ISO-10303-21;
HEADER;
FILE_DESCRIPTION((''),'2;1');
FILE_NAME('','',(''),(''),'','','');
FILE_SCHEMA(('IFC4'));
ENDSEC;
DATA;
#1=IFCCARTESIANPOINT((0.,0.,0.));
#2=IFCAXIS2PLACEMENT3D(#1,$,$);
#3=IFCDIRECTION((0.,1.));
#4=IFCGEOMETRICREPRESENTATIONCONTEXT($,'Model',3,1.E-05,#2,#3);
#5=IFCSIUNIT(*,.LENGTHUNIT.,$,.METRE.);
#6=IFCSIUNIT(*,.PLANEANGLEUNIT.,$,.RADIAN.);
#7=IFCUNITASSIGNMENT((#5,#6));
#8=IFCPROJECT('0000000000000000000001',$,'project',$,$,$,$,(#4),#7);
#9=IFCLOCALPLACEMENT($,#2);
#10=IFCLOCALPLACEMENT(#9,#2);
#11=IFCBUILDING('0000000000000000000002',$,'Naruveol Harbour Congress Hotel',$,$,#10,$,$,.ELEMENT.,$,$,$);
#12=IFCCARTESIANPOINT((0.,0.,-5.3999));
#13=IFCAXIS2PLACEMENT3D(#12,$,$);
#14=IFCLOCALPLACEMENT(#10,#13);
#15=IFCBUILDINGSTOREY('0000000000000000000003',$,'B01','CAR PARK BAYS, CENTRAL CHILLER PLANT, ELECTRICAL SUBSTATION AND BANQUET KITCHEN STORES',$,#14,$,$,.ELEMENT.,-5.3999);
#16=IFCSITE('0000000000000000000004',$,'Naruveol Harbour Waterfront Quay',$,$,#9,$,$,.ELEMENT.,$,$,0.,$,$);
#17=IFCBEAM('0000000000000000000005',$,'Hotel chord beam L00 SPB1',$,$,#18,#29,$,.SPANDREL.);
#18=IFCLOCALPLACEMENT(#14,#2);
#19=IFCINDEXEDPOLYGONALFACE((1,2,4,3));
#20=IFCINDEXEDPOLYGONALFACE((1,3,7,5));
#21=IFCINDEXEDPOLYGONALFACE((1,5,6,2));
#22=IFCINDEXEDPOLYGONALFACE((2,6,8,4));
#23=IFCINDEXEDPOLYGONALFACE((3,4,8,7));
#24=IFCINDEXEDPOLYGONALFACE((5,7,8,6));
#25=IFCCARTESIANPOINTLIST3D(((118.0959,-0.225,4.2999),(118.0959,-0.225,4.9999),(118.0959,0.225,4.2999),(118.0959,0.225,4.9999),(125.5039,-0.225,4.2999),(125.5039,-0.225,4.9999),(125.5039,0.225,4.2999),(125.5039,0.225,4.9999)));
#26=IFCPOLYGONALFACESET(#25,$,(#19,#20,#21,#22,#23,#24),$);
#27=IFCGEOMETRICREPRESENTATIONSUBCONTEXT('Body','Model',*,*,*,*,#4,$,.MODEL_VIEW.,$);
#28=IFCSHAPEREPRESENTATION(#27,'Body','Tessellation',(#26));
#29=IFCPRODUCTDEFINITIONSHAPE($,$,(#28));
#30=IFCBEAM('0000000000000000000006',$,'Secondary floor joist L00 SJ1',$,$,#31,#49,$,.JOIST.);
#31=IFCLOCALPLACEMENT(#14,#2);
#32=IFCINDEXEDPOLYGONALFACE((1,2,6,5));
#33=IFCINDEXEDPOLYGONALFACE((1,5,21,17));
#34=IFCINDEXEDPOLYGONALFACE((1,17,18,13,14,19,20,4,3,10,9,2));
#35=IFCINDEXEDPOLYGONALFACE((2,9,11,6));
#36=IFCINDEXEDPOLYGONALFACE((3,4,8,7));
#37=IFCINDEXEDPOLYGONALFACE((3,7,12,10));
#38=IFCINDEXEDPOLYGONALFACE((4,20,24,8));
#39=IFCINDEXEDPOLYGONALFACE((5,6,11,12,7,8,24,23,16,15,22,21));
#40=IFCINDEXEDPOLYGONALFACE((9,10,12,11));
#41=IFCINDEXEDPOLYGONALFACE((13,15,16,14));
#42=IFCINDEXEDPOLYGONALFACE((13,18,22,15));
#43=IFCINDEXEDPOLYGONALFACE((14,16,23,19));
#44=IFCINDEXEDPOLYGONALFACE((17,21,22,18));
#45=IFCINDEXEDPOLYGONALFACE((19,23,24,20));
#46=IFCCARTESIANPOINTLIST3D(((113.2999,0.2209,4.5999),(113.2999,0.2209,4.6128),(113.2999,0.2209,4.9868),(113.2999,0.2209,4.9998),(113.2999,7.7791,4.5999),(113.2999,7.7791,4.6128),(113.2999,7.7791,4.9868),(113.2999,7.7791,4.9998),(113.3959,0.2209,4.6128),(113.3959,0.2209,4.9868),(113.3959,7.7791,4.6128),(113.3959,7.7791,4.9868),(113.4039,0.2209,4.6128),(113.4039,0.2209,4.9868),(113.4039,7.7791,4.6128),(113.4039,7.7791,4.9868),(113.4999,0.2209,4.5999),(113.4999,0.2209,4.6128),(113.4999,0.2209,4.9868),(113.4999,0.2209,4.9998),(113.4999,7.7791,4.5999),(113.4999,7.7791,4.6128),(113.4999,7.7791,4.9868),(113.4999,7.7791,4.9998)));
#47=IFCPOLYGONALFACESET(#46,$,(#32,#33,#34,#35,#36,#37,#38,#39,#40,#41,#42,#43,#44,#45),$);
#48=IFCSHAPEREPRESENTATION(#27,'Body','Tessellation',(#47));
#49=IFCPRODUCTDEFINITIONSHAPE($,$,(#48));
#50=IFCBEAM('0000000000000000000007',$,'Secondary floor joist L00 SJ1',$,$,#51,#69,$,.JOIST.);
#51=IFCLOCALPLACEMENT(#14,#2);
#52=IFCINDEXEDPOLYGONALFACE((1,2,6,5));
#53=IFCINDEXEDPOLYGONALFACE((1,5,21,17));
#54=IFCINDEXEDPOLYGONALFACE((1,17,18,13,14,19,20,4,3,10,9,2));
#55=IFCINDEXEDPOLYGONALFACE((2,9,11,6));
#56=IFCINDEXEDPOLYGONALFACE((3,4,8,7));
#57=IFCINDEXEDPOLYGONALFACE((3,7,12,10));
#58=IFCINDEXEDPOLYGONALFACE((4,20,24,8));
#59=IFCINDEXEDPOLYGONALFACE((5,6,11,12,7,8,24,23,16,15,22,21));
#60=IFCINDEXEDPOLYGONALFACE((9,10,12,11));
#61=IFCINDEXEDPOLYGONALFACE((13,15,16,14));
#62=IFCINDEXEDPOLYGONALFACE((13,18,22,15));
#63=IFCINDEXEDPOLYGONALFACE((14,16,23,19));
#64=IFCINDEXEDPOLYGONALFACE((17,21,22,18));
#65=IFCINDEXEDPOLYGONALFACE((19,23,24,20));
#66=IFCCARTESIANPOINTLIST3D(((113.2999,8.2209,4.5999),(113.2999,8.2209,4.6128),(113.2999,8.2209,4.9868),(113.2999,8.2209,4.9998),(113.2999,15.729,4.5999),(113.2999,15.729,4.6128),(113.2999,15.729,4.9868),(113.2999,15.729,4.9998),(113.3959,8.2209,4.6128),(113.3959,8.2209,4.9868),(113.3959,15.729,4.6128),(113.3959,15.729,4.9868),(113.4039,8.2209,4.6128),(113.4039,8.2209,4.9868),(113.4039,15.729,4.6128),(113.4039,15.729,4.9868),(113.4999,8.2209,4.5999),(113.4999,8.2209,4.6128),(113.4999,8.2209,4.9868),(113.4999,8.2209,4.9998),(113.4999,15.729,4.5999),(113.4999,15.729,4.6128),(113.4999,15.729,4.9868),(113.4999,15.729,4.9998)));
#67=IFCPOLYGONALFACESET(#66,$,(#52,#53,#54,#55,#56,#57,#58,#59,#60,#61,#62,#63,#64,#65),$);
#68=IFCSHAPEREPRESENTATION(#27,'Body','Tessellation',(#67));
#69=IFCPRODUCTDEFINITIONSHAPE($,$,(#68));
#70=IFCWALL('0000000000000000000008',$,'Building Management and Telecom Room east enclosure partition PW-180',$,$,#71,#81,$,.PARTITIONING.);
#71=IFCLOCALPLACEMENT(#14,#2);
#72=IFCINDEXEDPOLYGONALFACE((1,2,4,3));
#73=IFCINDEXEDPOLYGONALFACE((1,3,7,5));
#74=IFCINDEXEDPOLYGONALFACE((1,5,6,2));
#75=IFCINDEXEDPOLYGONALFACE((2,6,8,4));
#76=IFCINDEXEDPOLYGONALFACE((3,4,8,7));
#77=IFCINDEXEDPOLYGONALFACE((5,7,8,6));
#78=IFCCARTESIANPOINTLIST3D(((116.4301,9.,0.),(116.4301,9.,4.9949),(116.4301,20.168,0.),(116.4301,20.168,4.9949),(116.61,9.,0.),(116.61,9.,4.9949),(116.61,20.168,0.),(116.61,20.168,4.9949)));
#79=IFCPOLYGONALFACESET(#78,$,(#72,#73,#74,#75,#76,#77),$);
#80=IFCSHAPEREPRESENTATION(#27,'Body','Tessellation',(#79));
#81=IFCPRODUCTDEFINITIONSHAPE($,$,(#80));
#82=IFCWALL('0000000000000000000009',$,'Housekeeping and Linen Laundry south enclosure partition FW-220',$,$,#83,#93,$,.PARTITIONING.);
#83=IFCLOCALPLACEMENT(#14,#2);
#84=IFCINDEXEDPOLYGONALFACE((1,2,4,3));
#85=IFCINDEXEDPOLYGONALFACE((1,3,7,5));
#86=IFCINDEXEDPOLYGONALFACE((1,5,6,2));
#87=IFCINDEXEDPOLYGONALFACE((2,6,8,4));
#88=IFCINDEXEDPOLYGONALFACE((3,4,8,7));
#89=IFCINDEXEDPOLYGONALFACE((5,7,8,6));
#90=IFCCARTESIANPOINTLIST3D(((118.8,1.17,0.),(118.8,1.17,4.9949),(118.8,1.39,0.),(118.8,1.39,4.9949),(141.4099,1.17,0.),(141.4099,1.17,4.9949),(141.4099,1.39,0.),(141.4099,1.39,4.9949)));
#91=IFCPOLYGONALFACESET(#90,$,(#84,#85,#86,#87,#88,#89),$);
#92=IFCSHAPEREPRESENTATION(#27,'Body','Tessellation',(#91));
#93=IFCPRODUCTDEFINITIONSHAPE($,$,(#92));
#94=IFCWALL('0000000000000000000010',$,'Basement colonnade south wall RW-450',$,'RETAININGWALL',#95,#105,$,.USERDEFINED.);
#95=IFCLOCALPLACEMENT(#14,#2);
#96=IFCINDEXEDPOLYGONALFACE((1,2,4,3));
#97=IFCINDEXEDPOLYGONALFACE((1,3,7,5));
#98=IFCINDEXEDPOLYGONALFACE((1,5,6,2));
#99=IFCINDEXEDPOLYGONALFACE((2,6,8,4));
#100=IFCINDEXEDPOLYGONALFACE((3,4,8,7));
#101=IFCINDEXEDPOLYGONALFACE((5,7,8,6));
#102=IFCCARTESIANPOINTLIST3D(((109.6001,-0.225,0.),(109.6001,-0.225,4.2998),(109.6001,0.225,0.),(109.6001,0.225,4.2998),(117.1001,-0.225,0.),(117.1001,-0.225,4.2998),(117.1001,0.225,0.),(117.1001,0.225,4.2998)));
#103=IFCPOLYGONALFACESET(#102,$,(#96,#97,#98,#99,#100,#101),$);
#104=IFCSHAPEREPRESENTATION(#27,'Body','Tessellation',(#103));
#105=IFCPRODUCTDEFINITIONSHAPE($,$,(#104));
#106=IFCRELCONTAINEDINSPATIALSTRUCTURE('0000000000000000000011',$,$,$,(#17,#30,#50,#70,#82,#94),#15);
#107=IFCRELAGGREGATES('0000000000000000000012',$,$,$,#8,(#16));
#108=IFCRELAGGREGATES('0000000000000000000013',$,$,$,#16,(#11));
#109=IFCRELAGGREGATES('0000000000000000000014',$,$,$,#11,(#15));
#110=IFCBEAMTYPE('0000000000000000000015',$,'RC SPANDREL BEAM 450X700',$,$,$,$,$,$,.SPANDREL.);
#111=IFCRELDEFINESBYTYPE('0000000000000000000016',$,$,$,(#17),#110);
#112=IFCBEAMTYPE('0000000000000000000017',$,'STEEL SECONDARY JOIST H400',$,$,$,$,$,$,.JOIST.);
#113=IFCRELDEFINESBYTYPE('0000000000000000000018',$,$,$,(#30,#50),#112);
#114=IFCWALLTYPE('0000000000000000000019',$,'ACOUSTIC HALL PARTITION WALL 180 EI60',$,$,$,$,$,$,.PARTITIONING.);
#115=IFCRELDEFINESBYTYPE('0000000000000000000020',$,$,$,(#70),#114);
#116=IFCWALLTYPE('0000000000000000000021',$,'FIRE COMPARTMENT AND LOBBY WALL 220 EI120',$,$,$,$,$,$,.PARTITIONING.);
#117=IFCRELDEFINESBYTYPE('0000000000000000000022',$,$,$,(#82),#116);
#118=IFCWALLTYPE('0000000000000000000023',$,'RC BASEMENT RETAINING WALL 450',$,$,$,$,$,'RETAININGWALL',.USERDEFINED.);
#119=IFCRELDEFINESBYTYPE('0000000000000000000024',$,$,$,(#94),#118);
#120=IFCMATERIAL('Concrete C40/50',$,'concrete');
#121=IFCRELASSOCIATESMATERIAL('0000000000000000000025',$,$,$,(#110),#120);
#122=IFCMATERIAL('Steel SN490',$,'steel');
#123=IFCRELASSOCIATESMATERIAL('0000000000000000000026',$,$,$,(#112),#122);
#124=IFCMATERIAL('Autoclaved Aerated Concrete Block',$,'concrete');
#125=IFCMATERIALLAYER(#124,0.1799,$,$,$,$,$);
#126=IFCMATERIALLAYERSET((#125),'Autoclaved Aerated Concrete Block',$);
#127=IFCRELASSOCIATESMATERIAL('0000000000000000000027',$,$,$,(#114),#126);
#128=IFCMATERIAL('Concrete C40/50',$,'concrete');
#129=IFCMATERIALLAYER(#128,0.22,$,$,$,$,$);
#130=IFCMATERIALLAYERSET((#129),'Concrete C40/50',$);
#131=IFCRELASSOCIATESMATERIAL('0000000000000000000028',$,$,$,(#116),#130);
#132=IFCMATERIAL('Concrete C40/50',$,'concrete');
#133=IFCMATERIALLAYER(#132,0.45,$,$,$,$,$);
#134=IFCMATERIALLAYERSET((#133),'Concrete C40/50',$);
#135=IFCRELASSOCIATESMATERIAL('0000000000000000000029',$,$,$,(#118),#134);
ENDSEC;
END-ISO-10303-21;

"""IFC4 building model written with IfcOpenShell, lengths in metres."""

from ifc_helpers import new_model, si_unit, direction, frame, frame_2d, origin, origin_2d, place, context, subcontext, project, spatial, rectangle, i_section, extrude, material, layer, layer_set, material_profile, profile_set, type_object, element, save


model = new_model("IFC4")

# Units and contexts
model_context = context("Model", 3, precision=1e-05, world=origin(), true_north=direction((0.0, 1.0)))
body_context = subcontext(model_context, "Body", "Model", "MODEL_VIEW")
ifc_project = project(units=[si_unit("LENGTHUNIT", "METRE"), si_unit("PLANEANGLEUNIT", "RADIAN")], contexts=[model_context])

# Site, building, storey
site_placement = place(None, origin())
site = spatial("IfcSite", under=ifc_project, at=site_placement, Name="Naruveol Harbour Waterfront Quay", CompositionType="ELEMENT", RefElevation=0.0)
building_placement = place(site_placement, origin())
building = spatial("IfcBuilding", under=site, at=building_placement, Name="Naruveol Harbour Congress Hotel", CompositionType="ELEMENT")
storey_placement = place(building_placement, frame((0.0, 0.0, -5.3999)))
storey = spatial("IfcBuildingStorey", under=building, at=storey_placement, Name="B01", Description="CAR PARK BAYS, CENTRAL CHILLER PLANT, ELECTRICAL SUBSTATION AND BANQUET KITCHEN STORES", CompositionType="ELEMENT", Elevation=-5.3999)

# Beams
ifc_material_1 = material(Name="Concrete C40/50", Category="concrete")
ifc_material_profile_1 = material_profile(ifc_material_1, rectangle(XDim=0.45, YDim=0.7, at=origin_2d()), Name="RCB-450x700")
ifc_profile_set_1 = profile_set([ifc_material_profile_1], Name="Concrete C40/50")
beam_type_1 = type_object("IfcBeamType", Name="RC SPANDREL BEAM 450X700", PredefinedType="SPANDREL", material=ifc_profile_set_1)
beam_1_placement = place(storey_placement, frame((118.0959, 0.0, 4.6499), z_axis=(1.0, 0.0, 0.0), x_axis=(0.0, 1.0, 0.0)))
element("IfcBeam", 1, at=beam_1_placement, inside=storey, type_object=beam_type_1, Name="Hotel chord beam L00 SPB1", PredefinedType="SPANDREL", context=body_context, shape_type="SweptSolid", body=[
    extrude(rectangle(XDim=0.45, YDim=0.7, at=origin_2d()), origin(), (0.0, 0.0, 1.0), 7.408),
])
ifc_material_2 = material(Name="Steel SN490", Category="steel")
ifc_material_profile_2 = material_profile(ifc_material_2, i_section(OverallWidth=0.2, OverallDepth=0.3999, WebThickness=0.0081, FlangeThickness=0.0129, at=origin_2d()), Name="H-400x200x8x13")
ifc_profile_set_2 = profile_set([ifc_material_profile_2], Name="Steel SN490")
beam_type_2 = type_object("IfcBeamType", Name="STEEL SECONDARY JOIST H400", PredefinedType="JOIST", material=ifc_profile_set_2)
beam_2_placement = place(storey_placement, frame((113.3999, 0.2209, 4.7998), z_axis=(0.0, 1.0, 0.0), x_axis=(-1.0, 0.0, 0.0)))
element("IfcBeam", 2, at=beam_2_placement, inside=storey, type_object=beam_type_2, Name="Secondary floor joist L00 SJ1", PredefinedType="JOIST", context=body_context, shape_type="SweptSolid", body=[
    extrude(i_section(OverallWidth=0.2, OverallDepth=0.3999, WebThickness=0.0081, FlangeThickness=0.0129, at=origin_2d()), origin(), (0.0, 0.0, 1.0), 7.5581),
])
beam_3_placement = place(storey_placement, frame((113.3999, 8.2209, 4.7998), z_axis=(0.0, 1.0, 0.0), x_axis=(-1.0, 0.0, 0.0)))
element("IfcBeam", 3, at=beam_3_placement, inside=storey, type_object=beam_type_2, Name="Secondary floor joist L00 SJ1", PredefinedType="JOIST", context=body_context, shape_type="SweptSolid", body=[
    extrude(i_section(OverallWidth=0.2, OverallDepth=0.3999, WebThickness=0.0081, FlangeThickness=0.0129, at=origin_2d()), origin(), (0.0, 0.0, 1.0), 7.5081),
])

# Walls
ifc_material_3 = material(Name="Autoclaved Aerated Concrete Block", Category="concrete")
ifc_layer_1 = layer(ifc_material_3, 0.1799)
ifc_layer_set_1 = layer_set([ifc_layer_1], Name="Autoclaved Aerated Concrete Block")
wall_type_1 = type_object("IfcWallType", Name="ACOUSTIC HALL PARTITION WALL 180 EI60", PredefinedType="PARTITIONING", material=ifc_layer_set_1)
wall_1_placement = place(storey_placement, frame((116.52, 9.0, 0.0), z_axis=(0.0, 0.0, 1.0), x_axis=(0.0, 1.0, 0.0)))
element("IfcWall", 4, at=wall_1_placement, inside=storey, type_object=wall_type_1, Name="Building Management and Telecom Room east enclosure partition PW-180", PredefinedType="PARTITIONING", context=body_context, shape_type="SweptSolid", body=[
    extrude(rectangle(XDim=11.168, YDim=0.1799, at=frame_2d((5.584, 0.0))), origin(), (0.0, 0.0, 1.0), 4.9949),
])
ifc_material_4 = material(Name="Concrete C40/50", Category="concrete")
ifc_layer_2 = layer(ifc_material_4, 0.22)
ifc_layer_set_2 = layer_set([ifc_layer_2], Name="Concrete C40/50")
wall_type_2 = type_object("IfcWallType", Name="FIRE COMPARTMENT AND LOBBY WALL 220 EI120", PredefinedType="PARTITIONING", material=ifc_layer_set_2)
wall_2_placement = place(storey_placement, frame((118.8, 1.28, 0.0), z_axis=(0.0, 0.0, 1.0), x_axis=(1.0, 0.0, 0.0)))
element("IfcWall", 5, at=wall_2_placement, inside=storey, type_object=wall_type_2, Name="Housekeeping and Linen Laundry south enclosure partition FW-220", PredefinedType="PARTITIONING", context=body_context, shape_type="SweptSolid", body=[
    extrude(rectangle(XDim=22.6099, YDim=0.22, at=frame_2d((11.3049, 0.0))), origin(), (0.0, 0.0, 1.0), 4.9949),
])
ifc_material_5 = material(Name="Concrete C40/50", Category="concrete")
ifc_layer_3 = layer(ifc_material_5, 0.45)
ifc_layer_set_3 = layer_set([ifc_layer_3], Name="Concrete C40/50")
wall_type_3 = type_object("IfcWallType", Name="RC BASEMENT RETAINING WALL 450", ElementType="RETAININGWALL", PredefinedType="USERDEFINED", material=ifc_layer_set_3)
wall_3_placement = place(storey_placement, frame((117.1001, 0.0, 0.0), z_axis=(0.0, 0.0, 1.0), x_axis=(-1.0, 0.0, 0.0)))
element("IfcWall", 6, at=wall_3_placement, inside=storey, type_object=wall_type_3, Name="Basement colonnade south wall RW-450", ObjectType="RETAININGWALL", PredefinedType="USERDEFINED", context=body_context, shape_type="SweptSolid", body=[
    extrude(rectangle(XDim=7.5, YDim=0.45, at=frame_2d((3.75, 0.0))), origin(), (0.0, 0.0, 1.0), 4.2998),
])

save(model, "model.ifc")
